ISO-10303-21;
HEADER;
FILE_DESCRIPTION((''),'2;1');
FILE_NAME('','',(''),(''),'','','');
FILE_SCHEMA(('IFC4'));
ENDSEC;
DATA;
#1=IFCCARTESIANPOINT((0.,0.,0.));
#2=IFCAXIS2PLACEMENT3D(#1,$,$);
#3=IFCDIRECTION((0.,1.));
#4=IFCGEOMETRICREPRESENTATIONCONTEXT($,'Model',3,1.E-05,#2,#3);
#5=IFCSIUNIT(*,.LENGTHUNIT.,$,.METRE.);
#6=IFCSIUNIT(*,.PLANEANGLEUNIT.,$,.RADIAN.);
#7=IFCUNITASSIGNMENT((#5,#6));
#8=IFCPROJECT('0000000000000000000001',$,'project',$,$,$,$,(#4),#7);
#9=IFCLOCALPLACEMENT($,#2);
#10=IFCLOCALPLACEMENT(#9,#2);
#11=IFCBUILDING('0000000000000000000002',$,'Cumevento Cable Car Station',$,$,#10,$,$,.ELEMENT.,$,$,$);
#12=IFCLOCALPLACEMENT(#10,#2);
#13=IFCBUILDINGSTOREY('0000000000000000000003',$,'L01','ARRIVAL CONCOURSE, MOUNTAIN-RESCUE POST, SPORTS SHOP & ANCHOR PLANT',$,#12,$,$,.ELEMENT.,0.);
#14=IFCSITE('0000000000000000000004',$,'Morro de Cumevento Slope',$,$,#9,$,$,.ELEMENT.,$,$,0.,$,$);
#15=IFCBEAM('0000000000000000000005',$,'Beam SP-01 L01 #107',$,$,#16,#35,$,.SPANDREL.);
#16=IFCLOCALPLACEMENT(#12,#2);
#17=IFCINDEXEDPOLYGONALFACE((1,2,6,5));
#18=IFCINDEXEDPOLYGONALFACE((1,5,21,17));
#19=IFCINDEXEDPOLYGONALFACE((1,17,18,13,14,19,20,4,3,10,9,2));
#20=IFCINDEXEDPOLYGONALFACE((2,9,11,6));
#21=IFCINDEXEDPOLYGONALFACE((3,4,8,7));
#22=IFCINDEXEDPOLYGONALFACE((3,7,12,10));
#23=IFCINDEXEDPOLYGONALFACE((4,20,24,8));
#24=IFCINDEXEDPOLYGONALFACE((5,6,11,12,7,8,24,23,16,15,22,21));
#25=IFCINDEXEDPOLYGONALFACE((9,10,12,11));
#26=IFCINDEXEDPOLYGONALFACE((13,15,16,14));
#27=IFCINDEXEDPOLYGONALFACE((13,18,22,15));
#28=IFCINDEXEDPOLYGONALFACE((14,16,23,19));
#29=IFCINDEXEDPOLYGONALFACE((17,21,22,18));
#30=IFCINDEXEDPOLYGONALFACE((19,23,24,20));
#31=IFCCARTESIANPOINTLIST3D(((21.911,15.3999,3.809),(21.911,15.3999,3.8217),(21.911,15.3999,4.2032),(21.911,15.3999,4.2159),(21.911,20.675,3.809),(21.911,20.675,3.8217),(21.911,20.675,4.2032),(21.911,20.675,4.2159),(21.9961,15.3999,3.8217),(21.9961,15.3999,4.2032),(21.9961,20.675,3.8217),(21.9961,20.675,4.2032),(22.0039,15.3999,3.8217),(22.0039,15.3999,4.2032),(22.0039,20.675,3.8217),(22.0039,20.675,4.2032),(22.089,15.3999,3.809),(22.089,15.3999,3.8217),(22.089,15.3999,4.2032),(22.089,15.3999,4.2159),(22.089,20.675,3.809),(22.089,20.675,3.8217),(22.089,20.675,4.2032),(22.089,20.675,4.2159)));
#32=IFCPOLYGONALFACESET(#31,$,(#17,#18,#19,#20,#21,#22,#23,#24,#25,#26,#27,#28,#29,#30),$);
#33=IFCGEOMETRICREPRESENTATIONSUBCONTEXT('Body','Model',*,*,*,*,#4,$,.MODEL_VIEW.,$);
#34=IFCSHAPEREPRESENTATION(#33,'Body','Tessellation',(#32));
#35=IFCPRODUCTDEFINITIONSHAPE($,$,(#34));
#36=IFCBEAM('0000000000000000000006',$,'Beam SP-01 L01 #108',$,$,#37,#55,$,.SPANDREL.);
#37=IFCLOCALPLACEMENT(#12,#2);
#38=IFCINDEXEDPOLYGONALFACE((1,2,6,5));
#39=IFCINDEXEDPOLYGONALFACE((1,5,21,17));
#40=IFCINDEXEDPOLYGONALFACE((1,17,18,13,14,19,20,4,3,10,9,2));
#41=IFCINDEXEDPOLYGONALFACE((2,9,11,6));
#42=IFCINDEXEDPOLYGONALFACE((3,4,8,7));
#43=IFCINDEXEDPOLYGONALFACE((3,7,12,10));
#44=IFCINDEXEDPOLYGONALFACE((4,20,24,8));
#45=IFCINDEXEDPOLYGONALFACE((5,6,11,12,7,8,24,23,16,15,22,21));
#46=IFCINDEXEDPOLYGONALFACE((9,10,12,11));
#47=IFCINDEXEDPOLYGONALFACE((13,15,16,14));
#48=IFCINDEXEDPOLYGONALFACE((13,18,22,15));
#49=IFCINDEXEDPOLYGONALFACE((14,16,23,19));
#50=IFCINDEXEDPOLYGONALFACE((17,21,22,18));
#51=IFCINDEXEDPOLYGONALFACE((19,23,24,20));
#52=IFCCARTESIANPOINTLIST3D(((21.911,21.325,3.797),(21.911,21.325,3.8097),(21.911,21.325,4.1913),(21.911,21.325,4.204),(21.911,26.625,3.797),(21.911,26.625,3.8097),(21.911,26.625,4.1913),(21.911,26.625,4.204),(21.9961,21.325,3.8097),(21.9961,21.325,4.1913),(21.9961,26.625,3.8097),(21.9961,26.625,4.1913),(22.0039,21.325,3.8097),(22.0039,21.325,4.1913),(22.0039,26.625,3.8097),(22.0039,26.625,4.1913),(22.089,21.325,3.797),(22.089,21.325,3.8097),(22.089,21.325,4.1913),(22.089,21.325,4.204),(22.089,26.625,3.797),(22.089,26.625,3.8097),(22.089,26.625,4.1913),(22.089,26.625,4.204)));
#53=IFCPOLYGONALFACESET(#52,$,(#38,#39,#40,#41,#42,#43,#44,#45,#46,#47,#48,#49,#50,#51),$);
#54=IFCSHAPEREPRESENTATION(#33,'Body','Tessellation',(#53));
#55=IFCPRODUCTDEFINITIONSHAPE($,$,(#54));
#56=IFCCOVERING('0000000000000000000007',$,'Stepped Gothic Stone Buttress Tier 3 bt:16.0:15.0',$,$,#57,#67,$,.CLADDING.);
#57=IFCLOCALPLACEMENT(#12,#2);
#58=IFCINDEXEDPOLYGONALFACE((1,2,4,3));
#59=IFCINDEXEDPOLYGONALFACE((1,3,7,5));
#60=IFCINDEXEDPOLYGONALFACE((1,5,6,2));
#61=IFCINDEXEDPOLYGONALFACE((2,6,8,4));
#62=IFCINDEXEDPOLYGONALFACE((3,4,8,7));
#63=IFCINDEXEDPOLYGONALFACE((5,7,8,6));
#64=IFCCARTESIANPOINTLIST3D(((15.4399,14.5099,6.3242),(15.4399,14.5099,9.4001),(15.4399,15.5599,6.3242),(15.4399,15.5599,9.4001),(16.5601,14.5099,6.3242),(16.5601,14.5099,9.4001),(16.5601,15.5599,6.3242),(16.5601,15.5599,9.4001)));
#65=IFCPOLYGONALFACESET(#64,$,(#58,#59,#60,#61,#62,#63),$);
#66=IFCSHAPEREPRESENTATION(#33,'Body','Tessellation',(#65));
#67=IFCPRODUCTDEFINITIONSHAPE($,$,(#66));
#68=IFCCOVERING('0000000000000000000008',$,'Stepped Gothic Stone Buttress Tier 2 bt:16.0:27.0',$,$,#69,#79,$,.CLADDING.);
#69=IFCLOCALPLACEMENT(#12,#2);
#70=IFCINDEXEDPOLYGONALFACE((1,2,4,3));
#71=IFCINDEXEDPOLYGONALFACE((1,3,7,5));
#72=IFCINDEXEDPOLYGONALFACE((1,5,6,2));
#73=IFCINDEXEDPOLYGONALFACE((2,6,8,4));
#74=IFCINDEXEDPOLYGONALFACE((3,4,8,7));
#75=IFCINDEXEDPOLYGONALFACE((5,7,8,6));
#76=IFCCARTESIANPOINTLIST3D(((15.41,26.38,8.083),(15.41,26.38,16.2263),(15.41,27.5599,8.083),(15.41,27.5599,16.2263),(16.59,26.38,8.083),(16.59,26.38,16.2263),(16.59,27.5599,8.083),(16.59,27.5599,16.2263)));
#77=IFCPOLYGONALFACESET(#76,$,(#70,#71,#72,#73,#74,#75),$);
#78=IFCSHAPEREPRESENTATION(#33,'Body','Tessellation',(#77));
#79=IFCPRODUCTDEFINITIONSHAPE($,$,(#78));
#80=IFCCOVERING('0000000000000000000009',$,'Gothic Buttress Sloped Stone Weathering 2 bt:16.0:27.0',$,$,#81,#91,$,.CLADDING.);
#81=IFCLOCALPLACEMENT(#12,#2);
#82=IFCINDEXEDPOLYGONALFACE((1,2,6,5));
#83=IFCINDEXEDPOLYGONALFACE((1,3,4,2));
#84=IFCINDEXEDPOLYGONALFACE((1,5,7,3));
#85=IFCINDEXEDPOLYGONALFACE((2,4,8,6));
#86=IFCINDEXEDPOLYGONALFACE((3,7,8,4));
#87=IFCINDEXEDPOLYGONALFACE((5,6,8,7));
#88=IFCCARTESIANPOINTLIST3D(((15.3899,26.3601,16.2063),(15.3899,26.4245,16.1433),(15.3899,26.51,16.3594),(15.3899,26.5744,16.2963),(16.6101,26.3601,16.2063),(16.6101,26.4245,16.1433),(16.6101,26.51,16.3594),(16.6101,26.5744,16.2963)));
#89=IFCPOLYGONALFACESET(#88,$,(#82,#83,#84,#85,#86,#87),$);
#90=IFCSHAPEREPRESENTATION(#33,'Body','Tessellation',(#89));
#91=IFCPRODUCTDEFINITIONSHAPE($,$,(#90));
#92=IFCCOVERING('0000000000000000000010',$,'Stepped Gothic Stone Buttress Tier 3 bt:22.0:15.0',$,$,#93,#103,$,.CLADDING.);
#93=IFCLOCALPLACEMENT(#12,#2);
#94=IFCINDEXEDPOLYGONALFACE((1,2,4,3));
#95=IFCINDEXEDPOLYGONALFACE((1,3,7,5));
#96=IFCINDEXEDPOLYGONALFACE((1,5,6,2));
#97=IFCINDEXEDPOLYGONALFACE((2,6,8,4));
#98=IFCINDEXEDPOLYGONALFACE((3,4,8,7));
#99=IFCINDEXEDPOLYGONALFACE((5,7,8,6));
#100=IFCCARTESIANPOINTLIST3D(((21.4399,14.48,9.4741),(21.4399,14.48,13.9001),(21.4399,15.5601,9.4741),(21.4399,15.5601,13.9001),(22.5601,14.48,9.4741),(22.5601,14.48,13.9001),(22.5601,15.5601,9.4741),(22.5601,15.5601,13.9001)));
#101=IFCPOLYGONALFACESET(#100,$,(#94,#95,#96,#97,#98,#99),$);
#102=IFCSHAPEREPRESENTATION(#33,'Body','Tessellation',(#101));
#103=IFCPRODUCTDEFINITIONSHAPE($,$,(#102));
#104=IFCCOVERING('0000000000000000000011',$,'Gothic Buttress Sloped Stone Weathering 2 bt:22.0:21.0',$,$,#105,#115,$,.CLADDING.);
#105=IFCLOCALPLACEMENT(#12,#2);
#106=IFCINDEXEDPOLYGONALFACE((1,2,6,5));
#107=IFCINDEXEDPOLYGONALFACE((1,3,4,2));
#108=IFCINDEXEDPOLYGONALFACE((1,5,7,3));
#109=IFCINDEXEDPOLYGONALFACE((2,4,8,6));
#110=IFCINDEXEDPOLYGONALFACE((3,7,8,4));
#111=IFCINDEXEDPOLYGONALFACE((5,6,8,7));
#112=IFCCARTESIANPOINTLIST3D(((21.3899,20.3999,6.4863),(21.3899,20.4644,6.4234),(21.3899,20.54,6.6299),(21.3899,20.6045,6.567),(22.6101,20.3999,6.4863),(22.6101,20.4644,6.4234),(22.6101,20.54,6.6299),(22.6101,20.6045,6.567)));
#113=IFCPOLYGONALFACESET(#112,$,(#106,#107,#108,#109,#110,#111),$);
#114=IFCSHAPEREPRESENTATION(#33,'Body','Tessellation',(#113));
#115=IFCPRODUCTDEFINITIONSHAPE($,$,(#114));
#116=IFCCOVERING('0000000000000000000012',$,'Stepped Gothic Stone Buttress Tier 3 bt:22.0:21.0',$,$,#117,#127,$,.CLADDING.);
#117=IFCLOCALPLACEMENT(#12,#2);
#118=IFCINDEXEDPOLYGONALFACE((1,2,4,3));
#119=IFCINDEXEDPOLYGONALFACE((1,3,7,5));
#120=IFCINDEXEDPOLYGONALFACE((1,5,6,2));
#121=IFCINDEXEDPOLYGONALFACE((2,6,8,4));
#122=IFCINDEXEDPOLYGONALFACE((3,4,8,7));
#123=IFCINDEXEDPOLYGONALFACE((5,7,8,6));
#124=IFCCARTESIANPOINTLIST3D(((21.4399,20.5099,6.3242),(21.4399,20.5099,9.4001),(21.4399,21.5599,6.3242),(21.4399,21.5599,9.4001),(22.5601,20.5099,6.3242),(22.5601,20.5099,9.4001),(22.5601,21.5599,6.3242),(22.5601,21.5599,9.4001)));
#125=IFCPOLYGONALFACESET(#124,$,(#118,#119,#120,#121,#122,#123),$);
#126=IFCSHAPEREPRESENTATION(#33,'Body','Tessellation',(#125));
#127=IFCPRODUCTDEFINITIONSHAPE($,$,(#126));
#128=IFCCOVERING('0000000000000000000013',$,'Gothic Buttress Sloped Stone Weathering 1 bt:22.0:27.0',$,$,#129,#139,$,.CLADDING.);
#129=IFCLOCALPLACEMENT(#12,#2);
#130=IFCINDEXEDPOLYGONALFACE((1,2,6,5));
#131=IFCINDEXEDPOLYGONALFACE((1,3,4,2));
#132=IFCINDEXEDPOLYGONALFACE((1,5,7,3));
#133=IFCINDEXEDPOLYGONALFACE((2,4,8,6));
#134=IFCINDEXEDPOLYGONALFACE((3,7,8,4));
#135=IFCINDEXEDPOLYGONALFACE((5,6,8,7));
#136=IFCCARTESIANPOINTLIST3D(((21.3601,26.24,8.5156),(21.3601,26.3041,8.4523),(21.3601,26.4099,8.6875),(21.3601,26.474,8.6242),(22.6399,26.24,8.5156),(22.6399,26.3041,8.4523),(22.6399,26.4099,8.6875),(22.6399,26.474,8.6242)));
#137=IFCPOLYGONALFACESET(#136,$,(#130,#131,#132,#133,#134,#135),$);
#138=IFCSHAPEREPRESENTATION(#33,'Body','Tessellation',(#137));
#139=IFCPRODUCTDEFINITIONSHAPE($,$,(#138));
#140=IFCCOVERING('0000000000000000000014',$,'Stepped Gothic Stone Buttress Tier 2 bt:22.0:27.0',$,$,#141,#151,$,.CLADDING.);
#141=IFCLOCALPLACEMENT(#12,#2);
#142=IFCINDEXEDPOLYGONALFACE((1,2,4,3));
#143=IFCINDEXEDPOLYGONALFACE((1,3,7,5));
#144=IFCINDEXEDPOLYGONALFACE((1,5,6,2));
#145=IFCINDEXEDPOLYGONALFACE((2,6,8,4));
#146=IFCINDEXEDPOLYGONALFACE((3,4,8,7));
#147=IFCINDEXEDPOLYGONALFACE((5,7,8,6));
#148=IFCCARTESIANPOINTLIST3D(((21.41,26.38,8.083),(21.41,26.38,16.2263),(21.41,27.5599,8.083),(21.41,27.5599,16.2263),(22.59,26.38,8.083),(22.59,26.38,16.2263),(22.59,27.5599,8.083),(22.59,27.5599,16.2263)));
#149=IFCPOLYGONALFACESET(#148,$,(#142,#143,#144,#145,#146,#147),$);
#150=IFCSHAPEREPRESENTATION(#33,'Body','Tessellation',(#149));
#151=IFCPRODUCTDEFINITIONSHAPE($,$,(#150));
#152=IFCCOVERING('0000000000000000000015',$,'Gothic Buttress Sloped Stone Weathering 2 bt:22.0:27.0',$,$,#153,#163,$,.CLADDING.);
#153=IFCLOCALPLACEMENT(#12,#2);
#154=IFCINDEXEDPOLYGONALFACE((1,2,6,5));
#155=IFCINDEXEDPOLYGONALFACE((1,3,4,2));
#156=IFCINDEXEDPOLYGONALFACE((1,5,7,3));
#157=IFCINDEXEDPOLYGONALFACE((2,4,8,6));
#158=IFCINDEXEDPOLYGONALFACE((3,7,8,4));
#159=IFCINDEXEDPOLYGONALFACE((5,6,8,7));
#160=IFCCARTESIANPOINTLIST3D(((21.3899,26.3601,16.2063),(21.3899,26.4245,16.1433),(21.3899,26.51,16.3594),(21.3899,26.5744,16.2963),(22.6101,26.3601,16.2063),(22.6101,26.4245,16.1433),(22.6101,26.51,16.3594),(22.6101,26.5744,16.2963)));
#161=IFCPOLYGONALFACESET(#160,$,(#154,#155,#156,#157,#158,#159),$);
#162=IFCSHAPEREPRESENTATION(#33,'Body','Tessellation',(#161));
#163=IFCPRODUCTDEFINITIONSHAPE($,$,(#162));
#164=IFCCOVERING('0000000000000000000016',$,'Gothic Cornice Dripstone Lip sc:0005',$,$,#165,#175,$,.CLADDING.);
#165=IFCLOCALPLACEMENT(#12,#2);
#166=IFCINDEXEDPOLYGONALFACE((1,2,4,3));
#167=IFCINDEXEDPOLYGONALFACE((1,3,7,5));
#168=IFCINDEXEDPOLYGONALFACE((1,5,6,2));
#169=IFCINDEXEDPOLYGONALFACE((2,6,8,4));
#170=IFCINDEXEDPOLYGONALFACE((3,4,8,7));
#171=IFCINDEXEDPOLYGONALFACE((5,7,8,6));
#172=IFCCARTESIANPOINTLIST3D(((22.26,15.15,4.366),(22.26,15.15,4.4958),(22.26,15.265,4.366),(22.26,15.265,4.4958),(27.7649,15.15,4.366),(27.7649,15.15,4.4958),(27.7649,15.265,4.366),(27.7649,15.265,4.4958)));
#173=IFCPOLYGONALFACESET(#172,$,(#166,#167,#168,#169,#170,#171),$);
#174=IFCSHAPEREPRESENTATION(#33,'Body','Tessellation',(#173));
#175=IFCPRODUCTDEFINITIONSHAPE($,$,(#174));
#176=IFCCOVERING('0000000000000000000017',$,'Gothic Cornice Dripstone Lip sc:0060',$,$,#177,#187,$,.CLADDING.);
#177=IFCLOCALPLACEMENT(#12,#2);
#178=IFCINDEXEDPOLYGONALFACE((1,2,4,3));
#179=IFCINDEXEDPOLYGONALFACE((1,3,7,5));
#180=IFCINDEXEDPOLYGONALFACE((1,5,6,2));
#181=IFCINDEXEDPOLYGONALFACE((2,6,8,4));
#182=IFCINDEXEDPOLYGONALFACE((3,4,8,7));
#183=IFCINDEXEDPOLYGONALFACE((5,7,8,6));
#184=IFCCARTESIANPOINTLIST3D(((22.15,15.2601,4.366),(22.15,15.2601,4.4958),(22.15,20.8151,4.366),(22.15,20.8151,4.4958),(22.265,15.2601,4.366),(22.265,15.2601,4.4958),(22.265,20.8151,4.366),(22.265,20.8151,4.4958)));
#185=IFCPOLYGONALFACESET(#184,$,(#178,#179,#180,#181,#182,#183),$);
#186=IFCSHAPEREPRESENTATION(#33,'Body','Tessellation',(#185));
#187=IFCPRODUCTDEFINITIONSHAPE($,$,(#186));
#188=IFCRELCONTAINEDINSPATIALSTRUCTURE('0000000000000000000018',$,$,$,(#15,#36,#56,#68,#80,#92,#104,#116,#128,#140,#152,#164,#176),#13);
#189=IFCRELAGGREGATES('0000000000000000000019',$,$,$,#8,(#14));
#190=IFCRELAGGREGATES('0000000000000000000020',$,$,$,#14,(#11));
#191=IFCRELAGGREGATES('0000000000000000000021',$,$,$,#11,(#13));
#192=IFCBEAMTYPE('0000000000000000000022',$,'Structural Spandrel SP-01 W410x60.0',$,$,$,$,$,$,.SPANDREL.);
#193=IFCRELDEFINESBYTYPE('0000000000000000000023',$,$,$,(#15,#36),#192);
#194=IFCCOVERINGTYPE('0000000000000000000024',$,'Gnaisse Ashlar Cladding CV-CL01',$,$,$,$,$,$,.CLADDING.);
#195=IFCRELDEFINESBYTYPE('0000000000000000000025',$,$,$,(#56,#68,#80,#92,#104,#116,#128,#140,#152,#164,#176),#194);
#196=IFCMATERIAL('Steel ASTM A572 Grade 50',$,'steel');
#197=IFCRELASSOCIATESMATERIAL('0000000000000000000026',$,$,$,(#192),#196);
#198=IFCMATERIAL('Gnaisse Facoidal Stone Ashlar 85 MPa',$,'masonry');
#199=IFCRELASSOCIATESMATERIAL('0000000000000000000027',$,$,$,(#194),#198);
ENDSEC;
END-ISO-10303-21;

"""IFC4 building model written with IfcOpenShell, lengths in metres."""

from ifc_helpers import new_model, si_unit, direction, frame, origin, origin_2d, place, context, subcontext, project, spatial, polyline, rectangle, i_section, outline, extrude, material, material_profile, profile_set, type_object, element, save


model = new_model("IFC4")

# Units and contexts
model_context = context("Model", 3, precision=1e-05, world=origin(), true_north=direction((0.0, 1.0)))
body_context = subcontext(model_context, "Body", "Model", "MODEL_VIEW")
ifc_project = project(units=[si_unit("LENGTHUNIT", "METRE"), si_unit("PLANEANGLEUNIT", "RADIAN")], contexts=[model_context])

# Site, building, storey
site_placement = place(None, origin())
site = spatial("IfcSite", under=ifc_project, at=site_placement, Name="Morro de Cumevento Slope", CompositionType="ELEMENT", RefElevation=0.0)
building_placement = place(site_placement, origin())
building = spatial("IfcBuilding", under=site, at=building_placement, Name="Cumevento Cable Car Station", CompositionType="ELEMENT")
storey_placement = place(building_placement, origin())
storey = spatial("IfcBuildingStorey", under=building, at=storey_placement, Name="L01", Description="ARRIVAL CONCOURSE, MOUNTAIN-RESCUE POST, SPORTS SHOP & ANCHOR PLANT", CompositionType="ELEMENT", Elevation=0.0)

# Beams
ifc_material_1 = material(Name="Steel ASTM A572 Grade 50", Category="steel")
ifc_material_profile_1 = material_profile(ifc_material_1, i_section(OverallWidth=0.178, OverallDepth=0.407, WebThickness=0.0078, FlangeThickness=0.0127, at=origin_2d()), Name="W410x60.0")
ifc_profile_set_1 = profile_set([ifc_material_profile_1], Name="Steel ASTM A572 Grade 50")
beam_type_1 = type_object("IfcBeamType", Name="Structural Spandrel SP-01 W410x60.0", PredefinedType="SPANDREL", material=ifc_profile_set_1)
beam_1_placement = place(storey_placement, frame((22.0, 15.3999, 4.0125), z_axis=(0.0, 1.0, 0.0), x_axis=(-1.0, 0.0, 0.0)))
element("IfcBeam", 1, at=beam_1_placement, inside=storey, type_object=beam_type_1, Name="Beam SP-01 L01 #107", PredefinedType="SPANDREL", context=body_context, shape_type="SweptSolid", body=[
    extrude(i_section(OverallWidth=0.178, OverallDepth=0.407, WebThickness=0.0078, FlangeThickness=0.0127, at=origin_2d()), origin(), (0.0, 0.0, 1.0), 5.2751),
])
beam_2_placement = place(storey_placement, frame((22.0, 21.325, 4.0005), z_axis=(0.0, 1.0, 0.0), x_axis=(-1.0, 0.0, 0.0)))
element("IfcBeam", 2, at=beam_2_placement, inside=storey, type_object=beam_type_1, Name="Beam SP-01 L01 #108", PredefinedType="SPANDREL", context=body_context, shape_type="SweptSolid", body=[
    extrude(i_section(OverallWidth=0.178, OverallDepth=0.407, WebThickness=0.0078, FlangeThickness=0.0127, at=origin_2d()), origin(), (0.0, 0.0, 1.0), 5.3),
])

# Coverings
ifc_material_2 = material(Name="Gnaisse Facoidal Stone Ashlar 85 MPa", Category="masonry")
covering_type = type_object("IfcCoveringType", Name="Gnaisse Ashlar Cladding CV-CL01", PredefinedType="CLADDING", material=ifc_material_2)
covering_1_placement = place(storey_placement, frame((16.0, 15.0349, 6.3242), z_axis=(0.0, 0.0, 1.0), x_axis=(1.0, 0.0, 0.0)))
element("IfcCovering", 3, at=covering_1_placement, inside=storey, type_object=covering_type, Name="Stepped Gothic Stone Buttress Tier 3 bt:16.0:15.0", PredefinedType="CLADDING", context=body_context, shape_type="SweptSolid", body=[
    extrude(rectangle(XDim=1.1201, YDim=1.05, at=origin_2d()), origin(), (0.0, 0.0, 1.0), 3.0759),
])
covering_2_placement = place(storey_placement, frame((16.0, 26.97, 8.083), z_axis=(0.0, 0.0, 1.0), x_axis=(1.0, 0.0, 0.0)))
element("IfcCovering", 4, at=covering_2_placement, inside=storey, type_object=covering_type, Name="Stepped Gothic Stone Buttress Tier 2 bt:16.0:27.0", PredefinedType="CLADDING", context=body_context, shape_type="SweptSolid", body=[
    extrude(rectangle(XDim=1.1799, YDim=1.1799, at=origin_2d()), origin(), (0.0, 0.0, 1.0), 8.1433),
])
covering_3_placement = place(storey_placement, frame((15.3899, 26.3601, 16.2063), z_axis=(0.0, -0.714475, 0.699661), x_axis=(1.0, 0.0, 0.0)))
element("IfcCovering", 5, at=covering_3_placement, inside=storey, type_object=covering_type, Name="Gothic Buttress Sloped Stone Weathering 2 bt:16.0:27.0", PredefinedType="CLADDING", context=body_context, shape_type="SweptSolid", body=[
    extrude(outline(polyline([(0.0, 0.0), (1.2202, 0.0), (1.2202, 0.2142), (0.0, 0.2142), (0.0, 0.0)])), origin(), (0.0, 0.0, -1.0), 0.0901),
])
covering_4_placement = place(storey_placement, frame((22.0, 15.02, 9.4741), z_axis=(0.0, 0.0, 1.0), x_axis=(1.0, 0.0, 0.0)))
element("IfcCovering", 6, at=covering_4_placement, inside=storey, type_object=covering_type, Name="Stepped Gothic Stone Buttress Tier 3 bt:22.0:15.0", PredefinedType="CLADDING", context=body_context, shape_type="SweptSolid", body=[
    extrude(rectangle(XDim=1.1201, YDim=1.0801, at=origin_2d()), origin(), (0.0, 0.0, 1.0), 4.426),
])
covering_5_placement = place(storey_placement, frame((21.3899, 20.3999, 6.4863), z_axis=(0.0, -0.715574, 0.698537), x_axis=(1.0, 0.0, 0.0)))
element("IfcCovering", 7, at=covering_5_placement, inside=storey, type_object=covering_type, Name="Gothic Buttress Sloped Stone Weathering 2 bt:22.0:21.0", PredefinedType="CLADDING", context=body_context, shape_type="SweptSolid", body=[
    extrude(outline(polyline([(0.0, 0.0), (1.2202, 0.0), (1.2202, 0.2006), (0.0, 0.2006), (0.0, 0.0)])), origin(), (0.0, 0.0, -1.0), 0.0901),
])
covering_6_placement = place(storey_placement, frame((22.0, 21.0349, 6.3242), z_axis=(0.0, 0.0, 1.0), x_axis=(1.0, 0.0, 0.0)))
element("IfcCovering", 8, at=covering_6_placement, inside=storey, type_object=covering_type, Name="Stepped Gothic Stone Buttress Tier 3 bt:22.0:21.0", PredefinedType="CLADDING", context=body_context, shape_type="SweptSolid", body=[
    extrude(rectangle(XDim=1.1201, YDim=1.05, at=origin_2d()), origin(), (0.0, 0.0, 1.0), 3.0759),
])
covering_7_placement = place(storey_placement, frame((21.3601, 26.24, 8.5156), z_axis=(0.0, -0.711136, 0.703055), x_axis=(1.0, 0.0, 0.0)))
element("IfcCovering", 9, at=covering_7_placement, inside=storey, type_object=covering_type, Name="Gothic Buttress Sloped Stone Weathering 1 bt:22.0:27.0", PredefinedType="CLADDING", context=body_context, shape_type="SweptSolid", body=[
    extrude(outline(polyline([(0.0, 0.0), (1.2798, 0.0), (1.2798, 0.2417), (0.0, 0.2417), (0.0, 0.0)])), origin(), (0.0, 0.0, -1.0), 0.0901),
])
covering_8_placement = place(storey_placement, frame((22.0, 26.97, 8.083), z_axis=(0.0, 0.0, 1.0), x_axis=(1.0, 0.0, 0.0)))
element("IfcCovering", 10, at=covering_8_placement, inside=storey, type_object=covering_type, Name="Stepped Gothic Stone Buttress Tier 2 bt:22.0:27.0", PredefinedType="CLADDING", context=body_context, shape_type="SweptSolid", body=[
    extrude(rectangle(XDim=1.1799, YDim=1.1799, at=origin_2d()), origin(), (0.0, 0.0, 1.0), 8.1433),
])
covering_9_placement = place(storey_placement, frame((21.3899, 26.3601, 16.2063), z_axis=(0.0, -0.714475, 0.699661), x_axis=(1.0, 0.0, 0.0)))
element("IfcCovering", 11, at=covering_9_placement, inside=storey, type_object=covering_type, Name="Gothic Buttress Sloped Stone Weathering 2 bt:22.0:27.0", PredefinedType="CLADDING", context=body_context, shape_type="SweptSolid", body=[
    extrude(outline(polyline([(0.0, 0.0), (1.2202, 0.0), (1.2202, 0.2142), (0.0, 0.2142), (0.0, 0.0)])), origin(), (0.0, 0.0, -1.0), 0.0901),
])
covering_10_placement = place(storey_placement, frame((25.0125, 15.2075, 4.366), z_axis=(0.0, 0.0, 1.0), x_axis=(1.0, 0.0, 0.0)))
element("IfcCovering", 12, at=covering_10_placement, inside=storey, type_object=covering_type, Name="Gothic Cornice Dripstone Lip sc:0005", PredefinedType="CLADDING", context=body_context, shape_type="SweptSolid", body=[
    extrude(rectangle(XDim=5.5049, YDim=0.115, at=origin_2d()), origin(), (0.0, 0.0, 1.0), 0.1299),
])
covering_11_placement = place(storey_placement, frame((22.2075, 18.0376, 4.366), z_axis=(0.0, 0.0, 1.0), x_axis=(0.0, -1.0, 0.0)))
element("IfcCovering", 13, at=covering_11_placement, inside=storey, type_object=covering_type, Name="Gothic Cornice Dripstone Lip sc:0060", PredefinedType="CLADDING", context=body_context, shape_type="SweptSolid", body=[
    extrude(rectangle(XDim=5.5549, YDim=0.115, at=origin_2d()), origin(), (0.0, 0.0, 1.0), 0.1299),
])

save(model, "model.ifc")
